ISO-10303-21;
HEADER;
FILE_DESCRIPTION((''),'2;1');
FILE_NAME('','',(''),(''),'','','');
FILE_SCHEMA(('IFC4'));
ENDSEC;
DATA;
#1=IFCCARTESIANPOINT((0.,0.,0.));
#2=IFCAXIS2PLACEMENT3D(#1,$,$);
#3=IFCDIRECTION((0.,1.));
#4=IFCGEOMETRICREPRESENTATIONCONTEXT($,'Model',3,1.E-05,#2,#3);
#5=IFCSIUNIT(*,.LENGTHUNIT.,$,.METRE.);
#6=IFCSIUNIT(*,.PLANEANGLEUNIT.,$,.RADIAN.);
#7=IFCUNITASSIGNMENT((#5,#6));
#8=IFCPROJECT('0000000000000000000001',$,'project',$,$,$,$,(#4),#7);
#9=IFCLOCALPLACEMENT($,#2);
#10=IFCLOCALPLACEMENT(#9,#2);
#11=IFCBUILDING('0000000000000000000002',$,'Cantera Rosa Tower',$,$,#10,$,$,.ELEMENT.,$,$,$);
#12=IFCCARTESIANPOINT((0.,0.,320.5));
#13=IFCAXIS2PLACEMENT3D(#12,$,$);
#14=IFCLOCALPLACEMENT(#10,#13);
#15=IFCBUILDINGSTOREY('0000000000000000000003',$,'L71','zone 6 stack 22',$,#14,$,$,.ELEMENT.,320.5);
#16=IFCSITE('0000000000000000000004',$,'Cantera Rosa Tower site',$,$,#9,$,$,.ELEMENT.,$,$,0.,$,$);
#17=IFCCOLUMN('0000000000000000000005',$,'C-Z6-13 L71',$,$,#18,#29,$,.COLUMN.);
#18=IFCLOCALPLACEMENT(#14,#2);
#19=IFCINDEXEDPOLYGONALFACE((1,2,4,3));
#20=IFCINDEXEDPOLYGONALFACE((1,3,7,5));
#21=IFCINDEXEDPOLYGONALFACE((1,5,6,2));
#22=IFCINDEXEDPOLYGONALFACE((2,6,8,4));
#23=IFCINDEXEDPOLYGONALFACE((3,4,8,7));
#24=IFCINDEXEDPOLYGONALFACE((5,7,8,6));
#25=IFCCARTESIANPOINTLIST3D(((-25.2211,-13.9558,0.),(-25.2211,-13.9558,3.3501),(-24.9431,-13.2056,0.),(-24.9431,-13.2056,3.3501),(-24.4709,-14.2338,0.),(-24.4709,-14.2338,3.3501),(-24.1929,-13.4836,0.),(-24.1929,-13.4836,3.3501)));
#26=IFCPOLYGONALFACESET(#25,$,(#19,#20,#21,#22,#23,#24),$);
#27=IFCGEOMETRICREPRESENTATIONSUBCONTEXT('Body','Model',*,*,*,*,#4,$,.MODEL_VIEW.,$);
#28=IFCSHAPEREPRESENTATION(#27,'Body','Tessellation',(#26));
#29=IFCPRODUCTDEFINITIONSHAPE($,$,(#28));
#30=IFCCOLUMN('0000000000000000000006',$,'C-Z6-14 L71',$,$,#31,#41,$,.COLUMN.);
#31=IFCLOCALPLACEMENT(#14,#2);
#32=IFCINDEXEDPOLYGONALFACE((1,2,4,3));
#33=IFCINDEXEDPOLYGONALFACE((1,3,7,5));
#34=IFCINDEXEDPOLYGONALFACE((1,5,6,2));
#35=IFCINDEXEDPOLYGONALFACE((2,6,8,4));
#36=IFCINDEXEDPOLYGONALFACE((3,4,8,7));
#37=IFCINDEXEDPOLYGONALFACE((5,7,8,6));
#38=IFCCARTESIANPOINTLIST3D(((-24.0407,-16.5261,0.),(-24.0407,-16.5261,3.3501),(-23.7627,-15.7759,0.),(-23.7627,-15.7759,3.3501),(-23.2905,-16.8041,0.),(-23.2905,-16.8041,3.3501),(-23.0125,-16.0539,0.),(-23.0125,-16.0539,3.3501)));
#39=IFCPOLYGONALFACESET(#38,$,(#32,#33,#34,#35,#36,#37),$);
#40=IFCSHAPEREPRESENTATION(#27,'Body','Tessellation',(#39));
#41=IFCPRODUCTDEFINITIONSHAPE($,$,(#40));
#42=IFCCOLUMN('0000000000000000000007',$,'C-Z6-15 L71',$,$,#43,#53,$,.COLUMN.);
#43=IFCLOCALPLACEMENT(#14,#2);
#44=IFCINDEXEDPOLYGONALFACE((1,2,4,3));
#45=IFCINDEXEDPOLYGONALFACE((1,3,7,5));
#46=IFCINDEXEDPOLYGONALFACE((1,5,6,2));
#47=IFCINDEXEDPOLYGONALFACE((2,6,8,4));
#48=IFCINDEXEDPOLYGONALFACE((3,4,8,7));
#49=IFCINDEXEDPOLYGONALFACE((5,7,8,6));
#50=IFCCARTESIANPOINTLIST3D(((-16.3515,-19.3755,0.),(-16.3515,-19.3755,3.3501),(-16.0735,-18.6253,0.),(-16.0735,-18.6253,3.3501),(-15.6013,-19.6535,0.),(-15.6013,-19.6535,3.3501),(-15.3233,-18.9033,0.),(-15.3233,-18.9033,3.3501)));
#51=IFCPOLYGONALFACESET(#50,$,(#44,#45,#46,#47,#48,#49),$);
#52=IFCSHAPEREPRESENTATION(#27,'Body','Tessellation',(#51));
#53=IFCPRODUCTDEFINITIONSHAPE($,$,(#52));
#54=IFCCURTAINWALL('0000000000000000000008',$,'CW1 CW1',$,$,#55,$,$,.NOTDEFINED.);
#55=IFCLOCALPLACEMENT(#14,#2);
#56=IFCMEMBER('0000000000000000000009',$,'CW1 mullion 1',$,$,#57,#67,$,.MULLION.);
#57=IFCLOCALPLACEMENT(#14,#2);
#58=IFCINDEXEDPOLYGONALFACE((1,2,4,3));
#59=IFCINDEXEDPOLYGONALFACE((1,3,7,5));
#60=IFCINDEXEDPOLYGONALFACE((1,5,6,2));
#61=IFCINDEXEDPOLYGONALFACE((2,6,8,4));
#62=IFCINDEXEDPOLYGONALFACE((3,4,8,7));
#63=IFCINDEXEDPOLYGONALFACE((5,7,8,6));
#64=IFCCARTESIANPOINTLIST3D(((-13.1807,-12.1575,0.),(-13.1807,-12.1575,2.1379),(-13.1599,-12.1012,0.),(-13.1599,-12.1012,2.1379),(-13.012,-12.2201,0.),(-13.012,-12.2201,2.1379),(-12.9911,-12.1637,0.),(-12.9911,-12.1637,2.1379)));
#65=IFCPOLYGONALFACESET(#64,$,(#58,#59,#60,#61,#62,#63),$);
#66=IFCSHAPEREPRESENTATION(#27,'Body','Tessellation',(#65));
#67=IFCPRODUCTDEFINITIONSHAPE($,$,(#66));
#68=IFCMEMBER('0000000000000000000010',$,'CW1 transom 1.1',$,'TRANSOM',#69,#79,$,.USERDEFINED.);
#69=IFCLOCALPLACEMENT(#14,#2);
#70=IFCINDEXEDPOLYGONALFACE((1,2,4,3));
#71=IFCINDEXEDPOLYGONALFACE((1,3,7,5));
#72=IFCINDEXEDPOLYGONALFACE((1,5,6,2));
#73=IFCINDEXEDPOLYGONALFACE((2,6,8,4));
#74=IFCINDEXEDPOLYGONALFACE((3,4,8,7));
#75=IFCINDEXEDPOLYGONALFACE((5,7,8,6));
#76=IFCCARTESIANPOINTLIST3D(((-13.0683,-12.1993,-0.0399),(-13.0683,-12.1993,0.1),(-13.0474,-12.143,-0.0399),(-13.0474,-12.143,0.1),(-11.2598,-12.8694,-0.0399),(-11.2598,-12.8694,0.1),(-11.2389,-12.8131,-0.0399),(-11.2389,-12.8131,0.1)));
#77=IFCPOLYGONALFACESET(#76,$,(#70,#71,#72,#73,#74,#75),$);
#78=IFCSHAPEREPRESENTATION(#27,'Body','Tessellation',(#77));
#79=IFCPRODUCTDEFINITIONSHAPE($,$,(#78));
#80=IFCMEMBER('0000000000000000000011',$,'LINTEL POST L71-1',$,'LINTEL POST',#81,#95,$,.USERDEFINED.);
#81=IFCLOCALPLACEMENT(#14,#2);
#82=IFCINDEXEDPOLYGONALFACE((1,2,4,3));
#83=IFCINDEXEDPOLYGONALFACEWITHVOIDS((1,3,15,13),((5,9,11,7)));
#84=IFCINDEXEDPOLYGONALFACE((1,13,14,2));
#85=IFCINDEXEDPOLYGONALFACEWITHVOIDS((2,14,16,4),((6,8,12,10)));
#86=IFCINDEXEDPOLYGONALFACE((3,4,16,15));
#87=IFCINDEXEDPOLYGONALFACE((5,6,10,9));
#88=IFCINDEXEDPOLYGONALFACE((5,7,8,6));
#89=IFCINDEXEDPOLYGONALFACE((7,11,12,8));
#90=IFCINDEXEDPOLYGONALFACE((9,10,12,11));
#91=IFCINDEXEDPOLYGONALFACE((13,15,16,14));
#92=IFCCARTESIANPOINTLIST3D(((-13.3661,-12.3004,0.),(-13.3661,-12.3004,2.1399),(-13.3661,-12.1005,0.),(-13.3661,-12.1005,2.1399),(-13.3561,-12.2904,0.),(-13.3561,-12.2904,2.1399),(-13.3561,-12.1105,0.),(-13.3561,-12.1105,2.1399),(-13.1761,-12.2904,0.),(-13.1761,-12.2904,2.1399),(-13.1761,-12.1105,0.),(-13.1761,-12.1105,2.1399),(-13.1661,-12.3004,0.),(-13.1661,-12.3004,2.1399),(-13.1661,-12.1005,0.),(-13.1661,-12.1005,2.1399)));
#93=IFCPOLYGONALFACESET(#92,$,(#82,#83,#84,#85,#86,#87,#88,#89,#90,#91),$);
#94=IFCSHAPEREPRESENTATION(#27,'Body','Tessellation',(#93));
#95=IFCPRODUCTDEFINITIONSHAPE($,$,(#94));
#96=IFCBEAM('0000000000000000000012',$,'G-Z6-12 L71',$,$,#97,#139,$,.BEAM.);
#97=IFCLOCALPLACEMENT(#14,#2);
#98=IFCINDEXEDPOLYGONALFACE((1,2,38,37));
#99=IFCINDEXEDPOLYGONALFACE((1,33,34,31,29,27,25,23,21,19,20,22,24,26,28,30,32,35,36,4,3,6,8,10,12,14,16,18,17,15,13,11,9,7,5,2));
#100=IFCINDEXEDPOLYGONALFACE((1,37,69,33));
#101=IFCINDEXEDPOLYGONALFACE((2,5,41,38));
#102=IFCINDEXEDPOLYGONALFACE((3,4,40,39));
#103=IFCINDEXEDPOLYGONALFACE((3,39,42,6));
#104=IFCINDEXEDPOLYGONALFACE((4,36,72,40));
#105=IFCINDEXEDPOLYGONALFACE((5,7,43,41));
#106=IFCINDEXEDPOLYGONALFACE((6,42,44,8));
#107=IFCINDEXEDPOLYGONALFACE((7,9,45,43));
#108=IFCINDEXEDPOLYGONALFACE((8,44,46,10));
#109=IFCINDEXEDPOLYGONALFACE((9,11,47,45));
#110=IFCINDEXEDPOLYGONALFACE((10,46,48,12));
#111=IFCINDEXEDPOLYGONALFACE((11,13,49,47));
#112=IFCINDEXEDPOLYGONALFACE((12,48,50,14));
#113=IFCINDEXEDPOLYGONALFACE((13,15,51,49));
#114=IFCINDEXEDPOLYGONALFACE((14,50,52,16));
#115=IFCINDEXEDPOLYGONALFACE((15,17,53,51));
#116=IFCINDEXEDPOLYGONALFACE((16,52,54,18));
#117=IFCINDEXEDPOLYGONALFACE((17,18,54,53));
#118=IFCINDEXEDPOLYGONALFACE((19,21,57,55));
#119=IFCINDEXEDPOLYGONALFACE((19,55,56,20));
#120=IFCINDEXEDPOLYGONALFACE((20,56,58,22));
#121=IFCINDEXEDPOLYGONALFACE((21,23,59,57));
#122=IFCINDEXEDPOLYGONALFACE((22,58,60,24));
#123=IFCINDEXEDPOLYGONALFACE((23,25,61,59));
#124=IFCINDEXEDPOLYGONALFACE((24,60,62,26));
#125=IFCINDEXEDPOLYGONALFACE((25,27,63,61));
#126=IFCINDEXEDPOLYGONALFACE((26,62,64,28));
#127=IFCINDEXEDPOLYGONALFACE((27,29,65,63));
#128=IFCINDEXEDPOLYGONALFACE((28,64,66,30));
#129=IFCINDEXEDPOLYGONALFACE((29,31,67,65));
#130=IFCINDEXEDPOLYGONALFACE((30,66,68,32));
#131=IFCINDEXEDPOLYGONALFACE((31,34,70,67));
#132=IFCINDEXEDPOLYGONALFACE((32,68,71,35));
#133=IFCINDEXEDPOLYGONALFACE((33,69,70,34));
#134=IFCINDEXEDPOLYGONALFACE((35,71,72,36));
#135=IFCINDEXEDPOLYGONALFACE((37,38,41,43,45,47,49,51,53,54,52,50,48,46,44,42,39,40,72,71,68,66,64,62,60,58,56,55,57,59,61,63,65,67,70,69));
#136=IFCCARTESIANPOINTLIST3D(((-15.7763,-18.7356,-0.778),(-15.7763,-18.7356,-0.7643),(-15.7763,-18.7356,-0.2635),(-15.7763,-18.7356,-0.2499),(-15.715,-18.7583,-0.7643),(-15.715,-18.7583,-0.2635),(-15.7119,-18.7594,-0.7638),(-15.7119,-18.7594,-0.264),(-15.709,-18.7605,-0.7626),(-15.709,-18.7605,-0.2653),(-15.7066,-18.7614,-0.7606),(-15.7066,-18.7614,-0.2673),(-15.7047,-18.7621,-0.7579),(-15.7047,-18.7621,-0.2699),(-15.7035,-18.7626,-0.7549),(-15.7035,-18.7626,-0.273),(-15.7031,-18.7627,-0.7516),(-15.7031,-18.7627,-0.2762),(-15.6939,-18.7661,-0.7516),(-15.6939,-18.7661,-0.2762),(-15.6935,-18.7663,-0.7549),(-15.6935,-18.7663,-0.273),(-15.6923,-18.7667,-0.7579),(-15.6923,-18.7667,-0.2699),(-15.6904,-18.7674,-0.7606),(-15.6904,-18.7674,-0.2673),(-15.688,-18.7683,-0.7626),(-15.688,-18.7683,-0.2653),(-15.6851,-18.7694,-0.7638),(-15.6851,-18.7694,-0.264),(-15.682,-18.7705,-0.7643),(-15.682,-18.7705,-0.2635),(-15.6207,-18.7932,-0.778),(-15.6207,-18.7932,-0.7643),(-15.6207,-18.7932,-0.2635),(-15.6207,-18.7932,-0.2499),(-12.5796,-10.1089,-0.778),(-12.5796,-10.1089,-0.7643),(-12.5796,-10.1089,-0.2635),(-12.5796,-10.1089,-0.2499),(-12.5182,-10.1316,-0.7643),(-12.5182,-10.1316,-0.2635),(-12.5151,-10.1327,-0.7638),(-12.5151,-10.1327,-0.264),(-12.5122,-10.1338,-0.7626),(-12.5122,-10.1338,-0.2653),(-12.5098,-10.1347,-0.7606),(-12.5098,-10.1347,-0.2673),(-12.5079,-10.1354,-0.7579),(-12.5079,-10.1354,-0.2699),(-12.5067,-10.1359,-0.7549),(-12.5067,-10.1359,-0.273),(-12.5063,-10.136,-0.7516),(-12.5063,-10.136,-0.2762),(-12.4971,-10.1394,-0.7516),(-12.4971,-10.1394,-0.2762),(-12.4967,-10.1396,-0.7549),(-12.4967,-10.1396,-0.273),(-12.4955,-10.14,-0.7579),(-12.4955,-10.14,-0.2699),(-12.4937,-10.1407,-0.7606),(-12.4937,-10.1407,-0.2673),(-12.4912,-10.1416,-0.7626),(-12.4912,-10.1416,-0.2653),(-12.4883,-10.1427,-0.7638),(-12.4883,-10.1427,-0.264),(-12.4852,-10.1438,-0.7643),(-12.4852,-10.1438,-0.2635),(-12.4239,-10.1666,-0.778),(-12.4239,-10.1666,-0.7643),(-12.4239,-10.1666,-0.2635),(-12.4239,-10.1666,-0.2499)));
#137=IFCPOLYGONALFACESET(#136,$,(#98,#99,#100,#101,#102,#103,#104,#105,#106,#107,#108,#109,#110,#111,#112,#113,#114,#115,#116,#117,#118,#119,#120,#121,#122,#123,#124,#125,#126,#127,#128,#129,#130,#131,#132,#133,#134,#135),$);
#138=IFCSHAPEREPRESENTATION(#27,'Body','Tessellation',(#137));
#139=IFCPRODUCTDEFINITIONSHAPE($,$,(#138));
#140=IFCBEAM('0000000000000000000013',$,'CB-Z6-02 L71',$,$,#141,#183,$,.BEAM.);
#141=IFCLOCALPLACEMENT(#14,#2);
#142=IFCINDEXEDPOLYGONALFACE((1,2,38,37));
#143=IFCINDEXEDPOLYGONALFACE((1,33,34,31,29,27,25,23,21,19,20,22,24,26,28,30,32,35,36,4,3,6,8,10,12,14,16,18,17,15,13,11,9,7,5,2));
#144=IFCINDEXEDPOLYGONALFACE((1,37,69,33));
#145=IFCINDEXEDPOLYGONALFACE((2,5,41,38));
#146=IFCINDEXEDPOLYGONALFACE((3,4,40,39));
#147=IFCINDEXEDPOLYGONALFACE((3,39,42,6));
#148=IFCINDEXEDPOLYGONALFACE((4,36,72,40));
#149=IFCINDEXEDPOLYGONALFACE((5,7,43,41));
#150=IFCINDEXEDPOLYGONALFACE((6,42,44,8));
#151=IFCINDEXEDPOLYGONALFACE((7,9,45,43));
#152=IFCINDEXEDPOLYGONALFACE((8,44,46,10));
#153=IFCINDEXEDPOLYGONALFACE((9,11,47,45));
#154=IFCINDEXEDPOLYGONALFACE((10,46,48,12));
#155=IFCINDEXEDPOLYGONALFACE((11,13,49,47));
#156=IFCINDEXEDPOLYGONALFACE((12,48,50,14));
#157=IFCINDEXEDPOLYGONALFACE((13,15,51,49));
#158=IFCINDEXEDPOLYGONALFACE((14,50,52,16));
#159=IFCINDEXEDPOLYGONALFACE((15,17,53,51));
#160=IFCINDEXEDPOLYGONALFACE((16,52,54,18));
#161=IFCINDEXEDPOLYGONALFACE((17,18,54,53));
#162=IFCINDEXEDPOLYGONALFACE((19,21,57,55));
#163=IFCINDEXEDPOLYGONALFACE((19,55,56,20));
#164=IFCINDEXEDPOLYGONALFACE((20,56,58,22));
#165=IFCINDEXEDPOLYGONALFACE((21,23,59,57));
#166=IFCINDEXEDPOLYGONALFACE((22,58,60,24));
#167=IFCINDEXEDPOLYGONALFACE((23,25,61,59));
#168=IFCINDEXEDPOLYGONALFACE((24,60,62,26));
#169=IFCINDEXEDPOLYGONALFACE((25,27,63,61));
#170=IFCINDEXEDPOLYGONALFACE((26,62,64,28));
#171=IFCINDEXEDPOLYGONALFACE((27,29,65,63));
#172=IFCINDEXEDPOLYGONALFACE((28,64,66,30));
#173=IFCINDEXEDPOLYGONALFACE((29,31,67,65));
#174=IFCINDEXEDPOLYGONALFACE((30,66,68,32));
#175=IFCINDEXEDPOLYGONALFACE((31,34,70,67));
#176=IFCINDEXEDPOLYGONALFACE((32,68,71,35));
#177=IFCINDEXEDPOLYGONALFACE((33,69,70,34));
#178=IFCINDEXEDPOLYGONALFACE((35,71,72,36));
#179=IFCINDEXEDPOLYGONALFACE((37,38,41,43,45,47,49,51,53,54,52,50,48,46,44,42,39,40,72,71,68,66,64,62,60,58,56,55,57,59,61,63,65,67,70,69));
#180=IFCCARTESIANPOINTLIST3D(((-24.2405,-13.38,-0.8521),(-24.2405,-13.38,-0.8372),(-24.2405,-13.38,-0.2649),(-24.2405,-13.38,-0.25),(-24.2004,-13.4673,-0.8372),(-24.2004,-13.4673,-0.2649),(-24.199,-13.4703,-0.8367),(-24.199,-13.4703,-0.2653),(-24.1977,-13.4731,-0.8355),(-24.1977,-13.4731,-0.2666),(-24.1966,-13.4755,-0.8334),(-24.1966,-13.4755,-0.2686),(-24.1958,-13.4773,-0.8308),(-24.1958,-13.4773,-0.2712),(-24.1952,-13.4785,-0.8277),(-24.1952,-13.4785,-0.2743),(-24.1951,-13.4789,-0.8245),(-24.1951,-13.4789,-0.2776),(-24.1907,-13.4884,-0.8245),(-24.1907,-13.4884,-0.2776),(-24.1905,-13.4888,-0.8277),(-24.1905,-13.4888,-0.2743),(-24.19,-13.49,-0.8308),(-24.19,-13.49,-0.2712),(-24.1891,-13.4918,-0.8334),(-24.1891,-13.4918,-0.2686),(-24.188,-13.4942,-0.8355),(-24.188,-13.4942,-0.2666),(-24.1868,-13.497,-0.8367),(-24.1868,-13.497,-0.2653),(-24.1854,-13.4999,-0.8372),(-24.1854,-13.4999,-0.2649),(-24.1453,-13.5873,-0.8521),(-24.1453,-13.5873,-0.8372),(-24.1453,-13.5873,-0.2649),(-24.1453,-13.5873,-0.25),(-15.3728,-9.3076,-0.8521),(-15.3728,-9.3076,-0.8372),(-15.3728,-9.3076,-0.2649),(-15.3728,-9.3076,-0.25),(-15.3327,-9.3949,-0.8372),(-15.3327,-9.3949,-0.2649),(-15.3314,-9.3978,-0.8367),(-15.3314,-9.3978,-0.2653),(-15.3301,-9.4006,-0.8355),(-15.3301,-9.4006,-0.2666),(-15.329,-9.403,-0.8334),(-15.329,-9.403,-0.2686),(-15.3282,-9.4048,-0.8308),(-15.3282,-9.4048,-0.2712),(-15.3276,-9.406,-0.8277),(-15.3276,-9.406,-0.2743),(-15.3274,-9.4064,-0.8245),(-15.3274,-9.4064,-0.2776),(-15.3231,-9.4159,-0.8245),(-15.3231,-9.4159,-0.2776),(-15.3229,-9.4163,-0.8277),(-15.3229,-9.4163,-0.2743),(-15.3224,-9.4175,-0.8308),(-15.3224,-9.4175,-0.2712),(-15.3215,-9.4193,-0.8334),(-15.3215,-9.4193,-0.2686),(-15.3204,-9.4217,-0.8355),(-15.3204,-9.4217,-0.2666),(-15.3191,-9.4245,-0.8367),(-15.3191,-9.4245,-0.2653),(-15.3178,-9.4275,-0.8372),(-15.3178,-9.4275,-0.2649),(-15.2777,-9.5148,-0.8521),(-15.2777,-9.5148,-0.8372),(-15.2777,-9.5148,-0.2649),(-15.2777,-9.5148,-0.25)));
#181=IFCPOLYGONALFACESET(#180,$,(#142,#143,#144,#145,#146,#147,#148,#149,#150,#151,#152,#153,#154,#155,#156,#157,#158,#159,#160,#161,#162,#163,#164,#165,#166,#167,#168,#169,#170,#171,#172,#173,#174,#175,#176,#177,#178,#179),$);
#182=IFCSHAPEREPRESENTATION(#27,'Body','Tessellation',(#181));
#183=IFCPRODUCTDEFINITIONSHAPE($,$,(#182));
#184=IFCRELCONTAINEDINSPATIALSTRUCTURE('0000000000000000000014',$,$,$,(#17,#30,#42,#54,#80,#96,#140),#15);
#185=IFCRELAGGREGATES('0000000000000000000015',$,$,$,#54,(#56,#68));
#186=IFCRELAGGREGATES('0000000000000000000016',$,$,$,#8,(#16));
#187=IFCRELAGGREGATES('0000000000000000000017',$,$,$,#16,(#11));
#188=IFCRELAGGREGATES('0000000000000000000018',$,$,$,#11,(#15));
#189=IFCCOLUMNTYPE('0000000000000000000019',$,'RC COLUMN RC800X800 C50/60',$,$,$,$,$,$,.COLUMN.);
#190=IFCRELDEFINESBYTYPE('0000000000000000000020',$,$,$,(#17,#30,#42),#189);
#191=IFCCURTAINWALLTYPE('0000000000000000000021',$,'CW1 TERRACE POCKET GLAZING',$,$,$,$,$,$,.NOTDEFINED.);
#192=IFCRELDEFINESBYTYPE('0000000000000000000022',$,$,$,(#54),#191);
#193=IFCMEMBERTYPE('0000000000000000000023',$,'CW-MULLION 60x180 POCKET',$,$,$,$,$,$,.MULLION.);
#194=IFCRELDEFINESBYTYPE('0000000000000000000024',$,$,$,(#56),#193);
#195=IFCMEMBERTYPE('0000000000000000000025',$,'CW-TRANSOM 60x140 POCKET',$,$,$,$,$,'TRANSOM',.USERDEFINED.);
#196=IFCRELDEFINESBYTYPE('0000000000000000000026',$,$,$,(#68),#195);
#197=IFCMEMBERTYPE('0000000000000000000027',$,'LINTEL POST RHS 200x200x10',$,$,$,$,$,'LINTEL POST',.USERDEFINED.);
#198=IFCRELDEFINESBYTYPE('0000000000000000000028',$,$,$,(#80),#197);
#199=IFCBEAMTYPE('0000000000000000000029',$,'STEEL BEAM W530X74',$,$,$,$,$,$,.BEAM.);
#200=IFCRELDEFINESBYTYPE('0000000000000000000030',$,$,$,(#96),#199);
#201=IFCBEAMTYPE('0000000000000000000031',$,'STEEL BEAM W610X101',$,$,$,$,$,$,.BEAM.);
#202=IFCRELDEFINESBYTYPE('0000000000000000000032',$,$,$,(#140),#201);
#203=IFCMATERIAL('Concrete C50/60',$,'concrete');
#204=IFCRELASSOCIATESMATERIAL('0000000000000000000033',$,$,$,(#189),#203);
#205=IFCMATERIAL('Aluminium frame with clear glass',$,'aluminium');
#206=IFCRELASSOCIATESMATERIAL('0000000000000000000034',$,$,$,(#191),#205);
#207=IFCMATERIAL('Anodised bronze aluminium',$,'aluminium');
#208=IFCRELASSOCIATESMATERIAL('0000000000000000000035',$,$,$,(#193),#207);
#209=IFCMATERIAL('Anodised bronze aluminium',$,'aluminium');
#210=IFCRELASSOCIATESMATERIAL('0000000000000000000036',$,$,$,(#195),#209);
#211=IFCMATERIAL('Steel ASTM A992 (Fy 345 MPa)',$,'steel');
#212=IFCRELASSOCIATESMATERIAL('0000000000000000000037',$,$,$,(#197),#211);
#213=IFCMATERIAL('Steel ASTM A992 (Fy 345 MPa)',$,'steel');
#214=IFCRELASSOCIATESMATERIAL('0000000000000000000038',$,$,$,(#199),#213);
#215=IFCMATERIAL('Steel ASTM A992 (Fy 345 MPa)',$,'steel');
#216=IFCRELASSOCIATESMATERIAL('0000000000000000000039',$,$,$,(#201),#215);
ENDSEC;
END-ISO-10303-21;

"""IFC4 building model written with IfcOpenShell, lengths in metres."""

from ifc_helpers import new_model, si_unit, direction, frame, origin, origin_2d, place, context, subcontext, project, spatial, rectangle, hollow_rectangle, i_section, extrude, material, material_profile, profile_set, type_object, element, aggregate, save


model = new_model("IFC4")

# Units and contexts
model_context = context("Model", 3, precision=1e-05, world=origin(), true_north=direction((0.0, 1.0)))
body_context = subcontext(model_context, "Body", "Model", "MODEL_VIEW")
ifc_project = project(units=[si_unit("LENGTHUNIT", "METRE"), si_unit("PLANEANGLEUNIT", "RADIAN")], contexts=[model_context])

# Site, building, storey
site_placement = place(None, origin())
site = spatial("IfcSite", under=ifc_project, at=site_placement, Name="Cantera Rosa Tower site", CompositionType="ELEMENT", RefElevation=0.0)
building_placement = place(site_placement, origin())
building = spatial("IfcBuilding", under=site, at=building_placement, Name="Cantera Rosa Tower", CompositionType="ELEMENT")
storey_placement = place(building_placement, frame((0.0, 0.0, 320.5)))
storey = spatial("IfcBuildingStorey", under=building, at=storey_placement, Name="L71", Description="zone 6 stack 22", CompositionType="ELEMENT", Elevation=320.5)

# Columns
ifc_material_1 = material(Name="Concrete C50/60", Category="concrete")
ifc_material_profile_1 = material_profile(ifc_material_1, rectangle(XDim=0.8, YDim=0.8, at=origin_2d()), Name="RC COLUMN RC800X800 C50/60")
ifc_profile_set_1 = profile_set([ifc_material_profile_1], Name="Concrete C50/60")
column_type = type_object("IfcColumnType", Name="RC COLUMN RC800X800 C50/60", PredefinedType="COLUMN", material=ifc_profile_set_1)
for number, where, z_axis, x_axis, name in (
    (1, (-24.707, -13.7197, 0.0), (0.0, 0.0, 1.0), (0.347481, 0.937687, 0.0), "C-Z6-13 L71"),
    (2, (-23.5266, -16.29, 0.0), (0.0, 0.0, 1.0), (0.347481, 0.937687, 0.0), "C-Z6-14 L71"),
    (3, (-15.8374, -19.1394, 0.0), (0.0, 0.0, 1.0), (0.347481, 0.937687, 0.0), "C-Z6-15 L71"),
):
    element("IfcColumn", number, at=place(storey_placement, frame(where, z_axis=z_axis, x_axis=x_axis)), inside=storey, type_object=column_type, Name=name, PredefinedType="COLUMN", context=body_context, shape_type="SweptSolid", body=[
        extrude(rectangle(XDim=0.8, YDim=0.8, at=origin_2d()), origin(), (0.0, 0.0, 1.0), 3.3501),
    ])

# Curtain wall, members
ifc_material_2 = material(Name="Aluminium frame with clear glass", Category="aluminium")
curtain_wall_type = type_object("IfcCurtainWallType", Name="CW1 TERRACE POCKET GLAZING", PredefinedType="NOTDEFINED", material=ifc_material_2)
curtain_wall_placement = place(storey_placement, origin())
curtain_wall = element("IfcCurtainWall", 4, at=curtain_wall_placement, inside=storey, type_object=curtain_wall_type, Name="CW1 CW1", PredefinedType="NOTDEFINED")
ifc_material_3 = material(Name="Anodised bronze aluminium", Category="aluminium")
ifc_material_profile_2 = material_profile(ifc_material_3, rectangle(XDim=0.0601, YDim=0.1799, at=origin_2d()), Name="CW-MULLION 60x180 POCKET")
ifc_profile_set_2 = profile_set([ifc_material_profile_2], Name="Anodised bronze aluminium")
member_type_1 = type_object("IfcMemberType", Name="CW-MULLION 60x180 POCKET", PredefinedType="MULLION", material=ifc_profile_set_2)
member_1_placement = place(storey_placement, frame((-13.0859, -12.1606, 0.0), z_axis=(0.0, 0.0, 1.0), x_axis=(0.347481, 0.937687, 0.0)))
member_1 = element("IfcMember", 5, at=member_1_placement, type_object=member_type_1, Name="CW1 mullion 1", PredefinedType="MULLION", context=body_context, shape_type="SweptSolid", body=[
    extrude(rectangle(XDim=0.0601, YDim=0.1799, at=origin_2d()), origin(), (0.0, 0.0, 1.0), 2.1379),
])
ifc_material_4 = material(Name="Anodised bronze aluminium", Category="aluminium")
ifc_material_profile_3 = material_profile(ifc_material_4, rectangle(XDim=0.0601, YDim=0.1399, at=origin_2d()), Name="CW-TRANSOM 60x140 POCKET")
ifc_profile_set_3 = profile_set([ifc_material_profile_3], Name="Anodised bronze aluminium")
member_type_2 = type_object("IfcMemberType", Name="CW-TRANSOM 60x140 POCKET", ElementType="TRANSOM", PredefinedType="USERDEFINED", material=ifc_profile_set_3)
member_2_placement = place(storey_placement, frame((-13.0579, -12.1711, 0.03), z_axis=(0.937695, -0.347459, 0.0), x_axis=(0.347459, 0.937695, 0.0)))
member_2 = element("IfcMember", 6, at=member_2_placement, type_object=member_type_2, Name="CW1 transom 1.1", ObjectType="TRANSOM", PredefinedType="USERDEFINED", context=body_context, shape_type="SweptSolid", body=[
    extrude(rectangle(XDim=0.0601, YDim=0.1399, at=origin_2d()), origin(), (0.0, 0.0, 1.0), 1.9287),
])
aggregate(curtain_wall, [member_1, member_2])

# Member
ifc_material_5 = material(Name="Steel ASTM A992 (Fy 345 MPa)", Category="steel")
ifc_material_profile_4 = material_profile(ifc_material_5, hollow_rectangle(XDim=0.2, YDim=0.2, WallThickness=0.01, at=origin_2d()), Name="LINTEL POST RHS 200x200x10")
ifc_profile_set_4 = profile_set([ifc_material_profile_4], Name="Steel ASTM A992 (Fy 345 MPa)")
member_type_3 = type_object("IfcMemberType", Name="LINTEL POST RHS 200x200x10", ElementType="LINTEL POST", PredefinedType="USERDEFINED", material=ifc_profile_set_4)
member_3_placement = place(storey_placement, frame((-13.2661, -12.2004, 0.0), z_axis=(0.0, 0.0, 1.0), x_axis=(1.0, 0.0, 0.0)))
element("IfcMember", 7, at=member_3_placement, inside=storey, type_object=member_type_3, Name="LINTEL POST L71-1", ObjectType="LINTEL POST", PredefinedType="USERDEFINED", context=body_context, shape_type="SweptSolid", body=[
    extrude(hollow_rectangle(XDim=0.2, YDim=0.2, WallThickness=0.01, at=origin_2d()), origin(), (0.0, 0.0, 1.0), 2.1399),
])

# Beams
ifc_material_6 = material(Name="Steel ASTM A992 (Fy 345 MPa)", Category="steel")
ifc_material_profile_5 = material_profile(ifc_material_6, i_section(OverallWidth=0.166, OverallDepth=0.5281, WebThickness=0.0098, FlangeThickness=0.0137, FilletRadius=0.0127, at=origin_2d()), Name="W530X74")
ifc_profile_set_5 = profile_set([ifc_material_profile_5], Name="Steel ASTM A992 (Fy 345 MPa)")
beam_type_1 = type_object("IfcBeamType", Name="STEEL BEAM W530X74", PredefinedType="BEAM", material=ifc_profile_set_5)
beam_1_placement = place(storey_placement, frame((-15.6985, -18.7644, -0.5139), z_axis=(0.347477, 0.937689, 0.0), x_axis=(-0.937689, 0.347477, 0.0)))
element("IfcBeam", 8, at=beam_1_placement, inside=storey, type_object=beam_type_1, Name="G-Z6-12 L71", PredefinedType="BEAM", context=body_context, shape_type="SweptSolid", body=[
    extrude(i_section(OverallWidth=0.166, OverallDepth=0.5281, WebThickness=0.0098, FlangeThickness=0.0137, FilletRadius=0.0127, at=origin_2d()), origin(), (0.0, 0.0, 1.0), 9.2),
])
ifc_material_7 = material(Name="Steel ASTM A992 (Fy 345 MPa)", Category="steel")
ifc_material_profile_6 = material_profile(ifc_material_7, i_section(OverallWidth=0.228, OverallDepth=0.6021, WebThickness=0.0105, FlangeThickness=0.0149, FilletRadius=0.0127, at=origin_2d()), Name="W610X101")
ifc_profile_set_6 = profile_set([ifc_material_profile_6], Name="Steel ASTM A992 (Fy 345 MPa)")
beam_type_2 = type_object("IfcBeamType", Name="STEEL BEAM W610X101", PredefinedType="BEAM", material=ifc_profile_set_6)
beam_2_placement = place(storey_placement, frame((-24.1929, -13.4836, -0.551), z_axis=(0.908748, 0.417346, 0.0), x_axis=(-0.417346, 0.908748, 0.0)))
element("IfcBeam", 9, at=beam_2_placement, inside=storey, type_object=beam_type_2, Name="CB-Z6-02 L71", PredefinedType="BEAM", context=body_context, shape_type="SweptSolid", body=[
    extrude(i_section(OverallWidth=0.228, OverallDepth=0.6021, WebThickness=0.0105, FlangeThickness=0.0149, FilletRadius=0.0127, at=origin_2d()), origin(), (0.0, 0.0, 1.0), 9.7581),
])

save(model, "model.ifc")
